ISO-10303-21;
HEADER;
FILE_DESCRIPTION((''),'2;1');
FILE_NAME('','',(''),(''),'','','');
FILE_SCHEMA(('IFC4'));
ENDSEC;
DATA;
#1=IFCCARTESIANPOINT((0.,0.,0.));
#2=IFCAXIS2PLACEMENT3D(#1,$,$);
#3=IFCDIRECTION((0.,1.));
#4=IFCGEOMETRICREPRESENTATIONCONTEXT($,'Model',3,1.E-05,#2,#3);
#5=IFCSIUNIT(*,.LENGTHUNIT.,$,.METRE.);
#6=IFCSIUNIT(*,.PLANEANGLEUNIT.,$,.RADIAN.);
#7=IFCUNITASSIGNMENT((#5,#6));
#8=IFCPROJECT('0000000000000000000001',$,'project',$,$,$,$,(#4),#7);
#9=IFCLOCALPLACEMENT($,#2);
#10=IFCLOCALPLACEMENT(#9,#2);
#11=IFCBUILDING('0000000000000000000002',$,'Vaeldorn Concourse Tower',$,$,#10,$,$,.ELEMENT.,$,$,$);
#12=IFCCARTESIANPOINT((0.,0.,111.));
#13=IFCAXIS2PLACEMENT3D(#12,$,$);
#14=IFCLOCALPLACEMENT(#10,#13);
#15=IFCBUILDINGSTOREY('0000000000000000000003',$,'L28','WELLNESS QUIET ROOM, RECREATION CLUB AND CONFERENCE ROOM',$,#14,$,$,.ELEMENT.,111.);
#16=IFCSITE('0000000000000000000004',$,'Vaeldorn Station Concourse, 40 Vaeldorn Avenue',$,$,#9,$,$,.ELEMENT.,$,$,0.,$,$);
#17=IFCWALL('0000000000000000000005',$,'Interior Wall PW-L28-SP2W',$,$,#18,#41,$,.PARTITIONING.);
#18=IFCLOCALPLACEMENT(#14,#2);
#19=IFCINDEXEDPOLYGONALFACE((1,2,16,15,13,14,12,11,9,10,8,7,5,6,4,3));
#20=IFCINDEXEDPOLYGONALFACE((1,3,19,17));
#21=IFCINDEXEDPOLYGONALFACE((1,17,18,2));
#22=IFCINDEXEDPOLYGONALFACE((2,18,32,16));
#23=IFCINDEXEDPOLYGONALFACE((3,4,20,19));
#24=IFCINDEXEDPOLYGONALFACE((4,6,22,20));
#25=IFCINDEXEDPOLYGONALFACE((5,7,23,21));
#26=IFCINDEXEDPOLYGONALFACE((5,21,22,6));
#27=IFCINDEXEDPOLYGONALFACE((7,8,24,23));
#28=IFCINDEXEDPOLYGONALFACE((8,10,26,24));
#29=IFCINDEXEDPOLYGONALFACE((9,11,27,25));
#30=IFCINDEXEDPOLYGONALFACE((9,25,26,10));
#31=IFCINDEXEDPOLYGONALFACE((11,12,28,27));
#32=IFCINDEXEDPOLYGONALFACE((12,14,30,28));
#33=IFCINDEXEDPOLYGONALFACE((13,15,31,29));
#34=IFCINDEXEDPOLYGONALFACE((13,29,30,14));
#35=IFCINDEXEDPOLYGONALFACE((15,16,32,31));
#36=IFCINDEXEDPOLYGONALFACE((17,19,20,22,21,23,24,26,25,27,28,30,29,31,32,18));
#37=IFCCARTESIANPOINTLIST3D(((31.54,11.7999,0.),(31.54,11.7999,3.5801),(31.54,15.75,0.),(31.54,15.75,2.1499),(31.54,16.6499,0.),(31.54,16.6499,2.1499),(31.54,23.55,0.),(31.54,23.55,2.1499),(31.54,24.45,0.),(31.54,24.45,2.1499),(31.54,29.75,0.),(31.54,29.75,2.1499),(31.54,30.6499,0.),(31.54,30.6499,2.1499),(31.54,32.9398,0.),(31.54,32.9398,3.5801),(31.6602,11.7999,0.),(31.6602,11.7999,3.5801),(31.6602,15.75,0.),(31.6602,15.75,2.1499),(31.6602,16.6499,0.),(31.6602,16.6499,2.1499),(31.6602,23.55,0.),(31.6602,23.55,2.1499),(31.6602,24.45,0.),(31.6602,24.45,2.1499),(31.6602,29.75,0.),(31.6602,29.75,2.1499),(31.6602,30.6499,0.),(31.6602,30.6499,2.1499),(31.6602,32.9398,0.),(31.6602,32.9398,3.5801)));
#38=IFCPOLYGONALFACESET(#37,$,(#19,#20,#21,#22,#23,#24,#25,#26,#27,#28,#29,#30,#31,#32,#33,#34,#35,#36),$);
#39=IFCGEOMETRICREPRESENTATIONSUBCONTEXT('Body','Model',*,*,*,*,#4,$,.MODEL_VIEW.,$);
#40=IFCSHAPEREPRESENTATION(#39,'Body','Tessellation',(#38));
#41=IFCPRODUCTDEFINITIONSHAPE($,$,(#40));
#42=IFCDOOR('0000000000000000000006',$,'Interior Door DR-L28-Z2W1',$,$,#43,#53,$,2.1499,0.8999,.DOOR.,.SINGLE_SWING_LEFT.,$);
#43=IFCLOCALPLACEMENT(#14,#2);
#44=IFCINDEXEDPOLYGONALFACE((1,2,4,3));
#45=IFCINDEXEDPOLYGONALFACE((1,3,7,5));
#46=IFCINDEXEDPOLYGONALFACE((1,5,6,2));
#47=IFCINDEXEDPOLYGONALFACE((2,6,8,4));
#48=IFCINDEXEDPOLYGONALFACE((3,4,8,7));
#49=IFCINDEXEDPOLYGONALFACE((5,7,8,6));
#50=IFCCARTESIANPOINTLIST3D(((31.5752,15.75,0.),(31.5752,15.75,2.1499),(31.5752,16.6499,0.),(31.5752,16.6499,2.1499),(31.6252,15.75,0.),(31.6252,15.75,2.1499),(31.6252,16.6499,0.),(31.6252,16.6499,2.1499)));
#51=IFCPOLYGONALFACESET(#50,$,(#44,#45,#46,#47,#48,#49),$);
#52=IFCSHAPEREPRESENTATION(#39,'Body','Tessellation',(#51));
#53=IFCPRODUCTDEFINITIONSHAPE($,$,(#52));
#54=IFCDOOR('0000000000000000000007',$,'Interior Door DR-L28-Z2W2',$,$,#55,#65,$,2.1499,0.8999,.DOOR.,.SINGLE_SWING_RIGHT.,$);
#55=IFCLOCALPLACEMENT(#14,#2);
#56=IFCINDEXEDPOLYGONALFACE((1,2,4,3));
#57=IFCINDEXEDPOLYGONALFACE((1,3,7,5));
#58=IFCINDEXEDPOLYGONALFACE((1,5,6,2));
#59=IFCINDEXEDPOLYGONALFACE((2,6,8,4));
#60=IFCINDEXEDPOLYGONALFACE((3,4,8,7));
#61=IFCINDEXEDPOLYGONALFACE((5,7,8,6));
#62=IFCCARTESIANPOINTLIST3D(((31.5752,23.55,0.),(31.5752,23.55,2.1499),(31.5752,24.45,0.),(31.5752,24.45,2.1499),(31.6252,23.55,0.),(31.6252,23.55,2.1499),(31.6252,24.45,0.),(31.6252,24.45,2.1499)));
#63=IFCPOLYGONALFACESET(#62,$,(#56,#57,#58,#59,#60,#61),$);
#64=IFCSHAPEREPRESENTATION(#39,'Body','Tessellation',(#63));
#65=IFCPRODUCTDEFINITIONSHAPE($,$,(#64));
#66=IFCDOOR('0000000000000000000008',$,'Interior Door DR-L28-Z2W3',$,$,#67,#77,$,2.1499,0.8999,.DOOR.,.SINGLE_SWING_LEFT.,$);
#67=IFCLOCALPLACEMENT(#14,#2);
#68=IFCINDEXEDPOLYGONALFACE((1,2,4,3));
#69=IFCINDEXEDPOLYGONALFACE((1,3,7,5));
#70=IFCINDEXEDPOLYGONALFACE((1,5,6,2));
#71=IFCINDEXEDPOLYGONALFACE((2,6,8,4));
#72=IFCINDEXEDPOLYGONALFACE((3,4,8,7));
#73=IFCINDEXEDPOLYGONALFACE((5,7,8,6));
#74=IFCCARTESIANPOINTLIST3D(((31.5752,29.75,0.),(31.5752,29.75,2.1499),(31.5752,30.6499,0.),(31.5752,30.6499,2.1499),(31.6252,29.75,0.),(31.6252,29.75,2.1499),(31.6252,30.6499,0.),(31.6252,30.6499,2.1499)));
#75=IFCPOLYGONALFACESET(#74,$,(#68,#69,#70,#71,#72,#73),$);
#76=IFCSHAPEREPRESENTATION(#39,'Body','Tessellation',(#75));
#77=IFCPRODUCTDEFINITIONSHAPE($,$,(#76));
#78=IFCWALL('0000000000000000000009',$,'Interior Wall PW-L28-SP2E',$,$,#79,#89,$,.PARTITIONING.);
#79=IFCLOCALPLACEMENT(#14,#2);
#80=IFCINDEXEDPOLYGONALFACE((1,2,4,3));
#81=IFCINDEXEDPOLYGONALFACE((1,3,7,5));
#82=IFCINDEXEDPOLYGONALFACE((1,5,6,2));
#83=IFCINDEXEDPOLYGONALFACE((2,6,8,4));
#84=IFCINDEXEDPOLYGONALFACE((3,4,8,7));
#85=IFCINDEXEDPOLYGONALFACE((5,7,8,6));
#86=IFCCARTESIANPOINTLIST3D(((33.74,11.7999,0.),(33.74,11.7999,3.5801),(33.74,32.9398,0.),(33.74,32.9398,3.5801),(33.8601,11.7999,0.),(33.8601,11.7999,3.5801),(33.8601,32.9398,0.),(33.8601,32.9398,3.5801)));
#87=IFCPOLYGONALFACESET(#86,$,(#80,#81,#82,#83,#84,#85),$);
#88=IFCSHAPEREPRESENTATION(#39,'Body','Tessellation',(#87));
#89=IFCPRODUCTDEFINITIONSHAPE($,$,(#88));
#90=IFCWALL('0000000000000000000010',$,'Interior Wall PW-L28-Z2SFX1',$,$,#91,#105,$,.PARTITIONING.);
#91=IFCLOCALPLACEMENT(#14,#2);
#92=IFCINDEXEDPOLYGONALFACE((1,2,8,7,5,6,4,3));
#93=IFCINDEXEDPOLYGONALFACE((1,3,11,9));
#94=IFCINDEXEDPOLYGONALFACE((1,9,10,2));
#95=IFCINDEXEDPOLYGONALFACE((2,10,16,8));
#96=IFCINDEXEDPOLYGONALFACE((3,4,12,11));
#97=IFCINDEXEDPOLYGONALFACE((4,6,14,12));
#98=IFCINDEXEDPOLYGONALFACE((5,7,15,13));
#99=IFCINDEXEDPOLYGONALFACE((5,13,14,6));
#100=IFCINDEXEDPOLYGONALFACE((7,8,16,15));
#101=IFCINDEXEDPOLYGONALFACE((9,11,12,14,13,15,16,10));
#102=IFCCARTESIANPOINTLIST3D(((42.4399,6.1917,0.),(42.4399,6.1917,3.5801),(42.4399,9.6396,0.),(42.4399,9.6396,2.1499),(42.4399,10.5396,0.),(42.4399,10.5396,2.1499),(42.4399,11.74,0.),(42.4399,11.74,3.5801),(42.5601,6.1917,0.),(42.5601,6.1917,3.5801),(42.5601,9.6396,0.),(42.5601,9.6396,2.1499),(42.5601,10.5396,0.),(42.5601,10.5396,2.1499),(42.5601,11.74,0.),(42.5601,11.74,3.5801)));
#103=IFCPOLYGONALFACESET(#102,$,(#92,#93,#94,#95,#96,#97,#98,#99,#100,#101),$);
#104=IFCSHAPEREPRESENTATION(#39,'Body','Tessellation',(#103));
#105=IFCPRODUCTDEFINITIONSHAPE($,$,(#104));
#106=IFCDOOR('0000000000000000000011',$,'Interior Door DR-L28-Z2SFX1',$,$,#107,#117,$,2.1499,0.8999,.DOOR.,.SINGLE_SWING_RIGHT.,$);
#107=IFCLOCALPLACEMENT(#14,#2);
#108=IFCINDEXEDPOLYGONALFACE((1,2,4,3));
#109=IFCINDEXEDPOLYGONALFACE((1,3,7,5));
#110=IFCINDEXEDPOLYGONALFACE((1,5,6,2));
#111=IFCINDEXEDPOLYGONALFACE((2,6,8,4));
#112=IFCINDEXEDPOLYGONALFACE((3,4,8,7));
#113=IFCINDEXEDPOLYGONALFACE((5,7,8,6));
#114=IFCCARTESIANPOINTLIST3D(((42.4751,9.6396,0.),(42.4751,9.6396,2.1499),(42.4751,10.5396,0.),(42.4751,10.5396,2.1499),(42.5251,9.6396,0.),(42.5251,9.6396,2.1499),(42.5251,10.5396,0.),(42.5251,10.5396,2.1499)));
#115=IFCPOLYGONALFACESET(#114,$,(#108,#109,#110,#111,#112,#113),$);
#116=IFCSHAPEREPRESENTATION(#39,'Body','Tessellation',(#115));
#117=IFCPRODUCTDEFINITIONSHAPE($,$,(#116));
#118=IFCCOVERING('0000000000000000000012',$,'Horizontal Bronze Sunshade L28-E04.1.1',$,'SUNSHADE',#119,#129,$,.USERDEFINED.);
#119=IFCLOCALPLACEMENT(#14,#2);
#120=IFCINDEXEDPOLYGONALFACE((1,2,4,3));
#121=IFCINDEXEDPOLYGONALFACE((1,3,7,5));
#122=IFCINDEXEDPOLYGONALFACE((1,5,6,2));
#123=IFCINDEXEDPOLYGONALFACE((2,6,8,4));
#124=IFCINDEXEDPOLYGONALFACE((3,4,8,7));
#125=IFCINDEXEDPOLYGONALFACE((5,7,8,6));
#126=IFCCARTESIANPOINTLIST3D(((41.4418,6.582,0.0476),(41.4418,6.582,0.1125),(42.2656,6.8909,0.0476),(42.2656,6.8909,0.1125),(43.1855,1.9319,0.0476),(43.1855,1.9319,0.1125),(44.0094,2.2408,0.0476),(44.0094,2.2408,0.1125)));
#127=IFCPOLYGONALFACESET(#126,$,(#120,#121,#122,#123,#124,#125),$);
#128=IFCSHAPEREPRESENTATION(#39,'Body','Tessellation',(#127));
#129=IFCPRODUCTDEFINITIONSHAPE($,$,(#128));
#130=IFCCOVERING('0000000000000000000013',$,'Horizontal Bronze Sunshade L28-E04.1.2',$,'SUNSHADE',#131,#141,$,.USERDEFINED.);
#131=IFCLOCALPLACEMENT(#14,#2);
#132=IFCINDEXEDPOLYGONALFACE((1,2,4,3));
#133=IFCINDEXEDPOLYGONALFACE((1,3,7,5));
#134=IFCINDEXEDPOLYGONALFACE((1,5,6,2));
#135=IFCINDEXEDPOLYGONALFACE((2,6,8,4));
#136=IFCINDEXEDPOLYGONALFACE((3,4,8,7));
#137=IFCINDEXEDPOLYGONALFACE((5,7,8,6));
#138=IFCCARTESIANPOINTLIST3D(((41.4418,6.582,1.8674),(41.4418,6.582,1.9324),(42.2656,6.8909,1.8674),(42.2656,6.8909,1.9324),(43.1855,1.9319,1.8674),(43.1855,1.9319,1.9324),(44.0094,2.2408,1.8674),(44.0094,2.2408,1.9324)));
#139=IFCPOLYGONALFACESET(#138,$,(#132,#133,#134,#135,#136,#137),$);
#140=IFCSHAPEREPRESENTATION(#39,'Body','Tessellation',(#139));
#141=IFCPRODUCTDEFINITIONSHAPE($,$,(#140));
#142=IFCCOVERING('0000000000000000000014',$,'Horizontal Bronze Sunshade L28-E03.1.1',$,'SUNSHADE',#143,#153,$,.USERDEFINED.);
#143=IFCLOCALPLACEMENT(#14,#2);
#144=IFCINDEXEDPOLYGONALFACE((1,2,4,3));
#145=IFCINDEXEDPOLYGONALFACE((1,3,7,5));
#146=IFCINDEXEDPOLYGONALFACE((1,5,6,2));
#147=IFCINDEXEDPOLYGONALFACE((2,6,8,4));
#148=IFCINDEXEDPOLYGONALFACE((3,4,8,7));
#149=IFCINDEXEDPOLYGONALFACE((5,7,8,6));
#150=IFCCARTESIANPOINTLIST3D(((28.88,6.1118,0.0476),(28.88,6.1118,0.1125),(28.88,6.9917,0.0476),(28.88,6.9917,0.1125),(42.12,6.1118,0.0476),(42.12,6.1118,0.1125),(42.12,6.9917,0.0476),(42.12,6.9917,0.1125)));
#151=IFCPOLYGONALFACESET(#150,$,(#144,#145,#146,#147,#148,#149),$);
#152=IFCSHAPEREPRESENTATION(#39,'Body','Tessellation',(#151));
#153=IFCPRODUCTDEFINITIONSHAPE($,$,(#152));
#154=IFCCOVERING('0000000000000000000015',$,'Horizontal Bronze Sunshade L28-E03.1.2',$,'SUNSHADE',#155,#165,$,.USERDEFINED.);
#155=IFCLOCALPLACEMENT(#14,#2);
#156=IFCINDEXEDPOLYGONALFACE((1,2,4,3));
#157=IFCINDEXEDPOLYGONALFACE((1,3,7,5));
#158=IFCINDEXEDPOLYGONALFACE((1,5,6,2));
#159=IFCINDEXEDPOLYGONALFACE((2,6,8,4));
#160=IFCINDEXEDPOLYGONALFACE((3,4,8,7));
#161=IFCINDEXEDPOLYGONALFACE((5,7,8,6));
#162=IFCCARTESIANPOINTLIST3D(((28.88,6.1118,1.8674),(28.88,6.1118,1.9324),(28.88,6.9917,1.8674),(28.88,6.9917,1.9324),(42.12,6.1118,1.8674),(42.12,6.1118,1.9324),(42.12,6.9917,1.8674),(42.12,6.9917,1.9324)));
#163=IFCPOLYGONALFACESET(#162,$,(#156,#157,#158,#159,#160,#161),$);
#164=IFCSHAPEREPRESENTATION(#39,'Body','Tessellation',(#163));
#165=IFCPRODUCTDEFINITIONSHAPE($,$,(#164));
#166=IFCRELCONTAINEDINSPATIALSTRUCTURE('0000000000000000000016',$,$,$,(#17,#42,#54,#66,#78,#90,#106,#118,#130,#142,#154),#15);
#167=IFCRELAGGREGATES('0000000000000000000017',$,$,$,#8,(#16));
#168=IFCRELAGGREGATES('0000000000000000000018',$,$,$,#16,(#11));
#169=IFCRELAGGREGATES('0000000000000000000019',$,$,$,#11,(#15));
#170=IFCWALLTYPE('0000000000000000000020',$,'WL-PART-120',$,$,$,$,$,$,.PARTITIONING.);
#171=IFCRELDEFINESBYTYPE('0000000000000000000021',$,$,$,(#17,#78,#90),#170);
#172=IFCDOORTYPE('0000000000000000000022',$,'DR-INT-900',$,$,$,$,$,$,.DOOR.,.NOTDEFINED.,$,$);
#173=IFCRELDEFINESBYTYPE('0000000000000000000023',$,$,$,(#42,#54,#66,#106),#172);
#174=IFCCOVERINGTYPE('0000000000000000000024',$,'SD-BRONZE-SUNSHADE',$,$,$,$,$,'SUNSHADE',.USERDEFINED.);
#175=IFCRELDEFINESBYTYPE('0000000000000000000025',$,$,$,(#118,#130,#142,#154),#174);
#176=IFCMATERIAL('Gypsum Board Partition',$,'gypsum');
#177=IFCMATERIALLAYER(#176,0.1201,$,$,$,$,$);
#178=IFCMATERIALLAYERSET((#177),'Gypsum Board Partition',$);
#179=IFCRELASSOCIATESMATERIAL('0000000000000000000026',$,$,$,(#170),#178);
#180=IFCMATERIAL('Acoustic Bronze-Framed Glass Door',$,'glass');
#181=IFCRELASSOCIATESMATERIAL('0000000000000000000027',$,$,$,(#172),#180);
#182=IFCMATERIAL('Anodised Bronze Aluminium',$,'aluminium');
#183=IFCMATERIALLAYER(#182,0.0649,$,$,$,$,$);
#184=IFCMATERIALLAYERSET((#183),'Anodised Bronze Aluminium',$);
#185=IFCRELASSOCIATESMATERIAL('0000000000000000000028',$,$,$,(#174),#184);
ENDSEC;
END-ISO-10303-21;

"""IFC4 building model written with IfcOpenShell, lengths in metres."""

from ifc_helpers import new_model, si_unit, direction, frame, frame_2d, origin, origin_2d, place, context, subcontext, project, spatial, rectangle, extrude, source, transform, mapped, material, layer, layer_set, type_object, element, fill, save


model = new_model("IFC4")

# Units and contexts
model_context = context("Model", 3, precision=1e-05, world=origin(), true_north=direction((0.0, 1.0)))
body_context = subcontext(model_context, "Body", "Model", "MODEL_VIEW")
ifc_project = project(units=[si_unit("LENGTHUNIT", "METRE"), si_unit("PLANEANGLEUNIT", "RADIAN")], contexts=[model_context])

# Site, building, storey
site_placement = place(None, origin())
site = spatial("IfcSite", under=ifc_project, at=site_placement, Name="Vaeldorn Station Concourse, 40 Vaeldorn Avenue", CompositionType="ELEMENT", RefElevation=0.0)
building_placement = place(site_placement, origin())
building = spatial("IfcBuilding", under=site, at=building_placement, Name="Vaeldorn Concourse Tower", CompositionType="ELEMENT")
storey_placement = place(building_placement, frame((0.0, 0.0, 111.0)))
storey = spatial("IfcBuildingStorey", under=building, at=storey_placement, Name="L28", Description="WELLNESS QUIET ROOM, RECREATION CLUB AND CONFERENCE ROOM", CompositionType="ELEMENT", Elevation=111.0)

# Shared definitions
ifc_material_1 = material(Name="Anodised Bronze Aluminium", Category="aluminium")

# Wall, openings, doors
ifc_material_2 = material(Name="Gypsum Board Partition", Category="gypsum")
ifc_layer_1 = layer(ifc_material_2, 0.1201)
ifc_layer_set_1 = layer_set([ifc_layer_1], Name="Gypsum Board Partition")
wall_type = type_object("IfcWallType", Name="WL-PART-120", PredefinedType="PARTITIONING", material=ifc_layer_set_1)
wall_1_placement = place(storey_placement, frame((31.6001, 11.8, 0.0), z_axis=(0.0, 0.0, 1.0), x_axis=(0.0, 1.0, 0.0)))
wall_1 = element("IfcWall", 1, at=wall_1_placement, inside=storey, type_object=wall_type, Name="Interior Wall PW-L28-SP2W", PredefinedType="PARTITIONING", context=body_context, shape_type="SweptSolid", body=[
    extrude(rectangle(XDim=21.1399, YDim=0.1201, at=frame_2d((10.5698, 0.0))), origin(), (0.0, 0.0, 1.0), 3.5801),
])
opening_1_placement = place(wall_1_placement, frame((3.95, 0.0, 0.0)))
opening_1 = element("IfcOpeningElement", 2, at=opening_1_placement, cuts=wall_1, PredefinedType="OPENING", context=body_context, shape_type="SweptSolid", body=[
    extrude(rectangle(XDim=0.8999, YDim=2.1499, at=frame_2d((0.45, 1.075))), frame((0.0, 0.0701, 0.0), z_axis=(0.0, -1.0, 0.0), x_axis=(1.0, 0.0, 0.0)), (0.0, 0.0, 1.0), 0.1401),
])
opening_2_placement = place(wall_1_placement, frame((11.75, 0.0, 0.0)))
opening_2 = element("IfcOpeningElement", 3, at=opening_2_placement, cuts=wall_1, PredefinedType="OPENING", context=body_context, shape_type="SweptSolid", body=[
    extrude(rectangle(XDim=0.8999, YDim=2.1499, at=frame_2d((0.45, 1.075))), frame((0.0, 0.0701, 0.0), z_axis=(0.0, -1.0, 0.0), x_axis=(1.0, 0.0, 0.0)), (0.0, 0.0, 1.0), 0.1401),
])
opening_3_placement = place(wall_1_placement, frame((17.95, 0.0, 0.0)))
opening_3 = element("IfcOpeningElement", 4, at=opening_3_placement, cuts=wall_1, PredefinedType="OPENING", context=body_context, shape_type="SweptSolid", body=[
    extrude(rectangle(XDim=0.8999, YDim=2.1499, at=frame_2d((0.45, 1.075))), frame((0.0, 0.0701, 0.0), z_axis=(0.0, -1.0, 0.0), x_axis=(1.0, 0.0, 0.0)), (0.0, 0.0, 1.0), 0.1401),
])
ifc_material_3 = material(Name="Acoustic Bronze-Framed Glass Door", Category="glass")
door_type = type_object("IfcDoorType", Name="DR-INT-900", OperationType="NOTDEFINED", PredefinedType="DOOR", material=ifc_material_3)
shared_shape_1 = source(origin(), body_context, "Body", "SweptSolid", [
    extrude(rectangle(XDim=0.8999, YDim=2.1499, at=frame_2d((0.45, 1.075))), frame((0.0, 0.0249, 0.0), z_axis=(0.0, -1.0, 0.0), x_axis=(1.0, 0.0, 0.0)), (0.0, 0.0, 1.0), 0.05),
])
door_1_placement = place(opening_1_placement, origin())
door_1 = element("IfcDoor", 5, at=door_1_placement, inside=storey, type_object=door_type, Name="Interior Door DR-L28-Z2W1", OperationType="SINGLE_SWING_LEFT", OverallHeight=2.1499, OverallWidth=0.8999, PredefinedType="DOOR", context=body_context, shape_type="MappedRepresentation", body=[
    mapped(shared_shape_1, transform((0.0, 0.0, 0.0), scale=1.0)),
])
fill(opening_1, door_1)
door_2_placement = place(opening_2_placement, origin())
door_2 = element("IfcDoor", 6, at=door_2_placement, inside=storey, type_object=door_type, Name="Interior Door DR-L28-Z2W2", OperationType="SINGLE_SWING_RIGHT", OverallHeight=2.1499, OverallWidth=0.8999, PredefinedType="DOOR", context=body_context, shape_type="MappedRepresentation", body=[
    mapped(shared_shape_1, transform((0.0, 0.0, 0.0), scale=1.0)),
])
fill(opening_2, door_2)
door_3_placement = place(opening_3_placement, origin())
door_3 = element("IfcDoor", 7, at=door_3_placement, inside=storey, type_object=door_type, Name="Interior Door DR-L28-Z2W3", OperationType="SINGLE_SWING_LEFT", OverallHeight=2.1499, OverallWidth=0.8999, PredefinedType="DOOR", context=body_context, shape_type="MappedRepresentation", body=[
    mapped(shared_shape_1, transform((0.0, 0.0, 0.0), scale=1.0)),
])
fill(opening_3, door_3)

# Wall
wall_2_placement = place(storey_placement, frame((33.8, 11.8, 0.0), z_axis=(0.0, 0.0, 1.0), x_axis=(0.0, 1.0, 0.0)))
element("IfcWall", 8, at=wall_2_placement, inside=storey, type_object=wall_type, Name="Interior Wall PW-L28-SP2E", PredefinedType="PARTITIONING", context=body_context, shape_type="SweptSolid", body=[
    extrude(rectangle(XDim=21.1399, YDim=0.1201, at=frame_2d((10.5698, 0.0))), origin(), (0.0, 0.0, 1.0), 3.5801),
])

# Wall, opening, door
wall_3_placement = place(storey_placement, frame((42.5, 6.1917, 0.0), z_axis=(0.0, 0.0, 1.0), x_axis=(0.0, 1.0, 0.0)))
wall_3 = element("IfcWall", 9, at=wall_3_placement, inside=storey, type_object=wall_type, Name="Interior Wall PW-L28-Z2SFX1", PredefinedType="PARTITIONING", context=body_context, shape_type="SweptSolid", body=[
    extrude(rectangle(XDim=5.5483, YDim=0.1201, at=frame_2d((2.7742, 0.0))), origin(), (0.0, 0.0, 1.0), 3.5801),
])
opening_4_placement = place(wall_3_placement, frame((3.448, 0.0, 0.0)))
opening_4 = element("IfcOpeningElement", 10, at=opening_4_placement, cuts=wall_3, PredefinedType="OPENING", context=body_context, shape_type="SweptSolid", body=[
    extrude(rectangle(XDim=0.8999, YDim=2.1499, at=frame_2d((0.45, 1.075))), frame((0.0, 0.0701, 0.0), z_axis=(0.0, -1.0, 0.0), x_axis=(1.0, 0.0, 0.0)), (0.0, 0.0, 1.0), 0.1401),
])
door_4_placement = place(opening_4_placement, origin())
door_4 = element("IfcDoor", 11, at=door_4_placement, inside=storey, type_object=door_type, Name="Interior Door DR-L28-Z2SFX1", OperationType="SINGLE_SWING_RIGHT", OverallHeight=2.1499, OverallWidth=0.8999, PredefinedType="DOOR", context=body_context, shape_type="MappedRepresentation", body=[
    mapped(shared_shape_1, transform((0.0, 0.0, 0.0), scale=1.0)),
])
fill(opening_4, door_4)

# Coverings
ifc_layer_2 = layer(ifc_material_1, 0.0649)
ifc_layer_set_2 = layer_set([ifc_layer_2], Name="Anodised Bronze Aluminium")
covering_type = type_object("IfcCoveringType", Name="SD-BRONZE-SUNSHADE", ElementType="SUNSHADE", PredefinedType="USERDEFINED", material=ifc_layer_set_2)
shared_shape_2 = source(origin(), body_context, "Body", "SweptSolid", [
    extrude(rectangle(XDim=4.9663, YDim=0.8799, at=origin_2d()), origin(), (0.0, 0.0, 1.0), 0.0649),
])
for number, where, z_axis, x_axis, name in (
    (12, (42.7256, 4.4114, 0.0476), (0.0, 0.0, 1.0), (0.351123, -0.936329, 0.0), "Horizontal Bronze Sunshade L28-E04.1.1"),
    (13, (42.7256, 4.4114, 1.8674), (0.0, 0.0, 1.0), (0.351123, -0.936329, 0.0), "Horizontal Bronze Sunshade L28-E04.1.2"),
):
    element("IfcCovering", number, at=place(storey_placement, frame(where, z_axis=z_axis, x_axis=x_axis)), inside=storey, type_object=covering_type, Name=name, ObjectType="SUNSHADE", PredefinedType="USERDEFINED", context=body_context, shape_type="MappedRepresentation", body=[
        mapped(shared_shape_2, transform((0.0, 0.0, 0.0), scale=1.0)),
    ])
shared_shape_3 = source(origin(), body_context, "Body", "SweptSolid", [
    extrude(rectangle(XDim=13.24, YDim=0.8799, at=origin_2d()), origin(), (0.0, 0.0, 1.0), 0.0649),
])
for number, where, z_axis, x_axis, name in (
    (14, (35.5, 6.5518, 0.0476), (0.0, 0.0, 1.0), (1.0, 0.0, 0.0), "Horizontal Bronze Sunshade L28-E03.1.1"),
    (15, (35.5, 6.5518, 1.8674), (0.0, 0.0, 1.0), (1.0, 0.0, 0.0), "Horizontal Bronze Sunshade L28-E03.1.2"),
):
    element("IfcCovering", number, at=place(storey_placement, frame(where, z_axis=z_axis, x_axis=x_axis)), inside=storey, type_object=covering_type, Name=name, ObjectType="SUNSHADE", PredefinedType="USERDEFINED", context=body_context, shape_type="MappedRepresentation", body=[
        mapped(shared_shape_3, transform((0.0, 0.0, 0.0), scale=1.0)),
    ])

save(model, "model.ifc")
